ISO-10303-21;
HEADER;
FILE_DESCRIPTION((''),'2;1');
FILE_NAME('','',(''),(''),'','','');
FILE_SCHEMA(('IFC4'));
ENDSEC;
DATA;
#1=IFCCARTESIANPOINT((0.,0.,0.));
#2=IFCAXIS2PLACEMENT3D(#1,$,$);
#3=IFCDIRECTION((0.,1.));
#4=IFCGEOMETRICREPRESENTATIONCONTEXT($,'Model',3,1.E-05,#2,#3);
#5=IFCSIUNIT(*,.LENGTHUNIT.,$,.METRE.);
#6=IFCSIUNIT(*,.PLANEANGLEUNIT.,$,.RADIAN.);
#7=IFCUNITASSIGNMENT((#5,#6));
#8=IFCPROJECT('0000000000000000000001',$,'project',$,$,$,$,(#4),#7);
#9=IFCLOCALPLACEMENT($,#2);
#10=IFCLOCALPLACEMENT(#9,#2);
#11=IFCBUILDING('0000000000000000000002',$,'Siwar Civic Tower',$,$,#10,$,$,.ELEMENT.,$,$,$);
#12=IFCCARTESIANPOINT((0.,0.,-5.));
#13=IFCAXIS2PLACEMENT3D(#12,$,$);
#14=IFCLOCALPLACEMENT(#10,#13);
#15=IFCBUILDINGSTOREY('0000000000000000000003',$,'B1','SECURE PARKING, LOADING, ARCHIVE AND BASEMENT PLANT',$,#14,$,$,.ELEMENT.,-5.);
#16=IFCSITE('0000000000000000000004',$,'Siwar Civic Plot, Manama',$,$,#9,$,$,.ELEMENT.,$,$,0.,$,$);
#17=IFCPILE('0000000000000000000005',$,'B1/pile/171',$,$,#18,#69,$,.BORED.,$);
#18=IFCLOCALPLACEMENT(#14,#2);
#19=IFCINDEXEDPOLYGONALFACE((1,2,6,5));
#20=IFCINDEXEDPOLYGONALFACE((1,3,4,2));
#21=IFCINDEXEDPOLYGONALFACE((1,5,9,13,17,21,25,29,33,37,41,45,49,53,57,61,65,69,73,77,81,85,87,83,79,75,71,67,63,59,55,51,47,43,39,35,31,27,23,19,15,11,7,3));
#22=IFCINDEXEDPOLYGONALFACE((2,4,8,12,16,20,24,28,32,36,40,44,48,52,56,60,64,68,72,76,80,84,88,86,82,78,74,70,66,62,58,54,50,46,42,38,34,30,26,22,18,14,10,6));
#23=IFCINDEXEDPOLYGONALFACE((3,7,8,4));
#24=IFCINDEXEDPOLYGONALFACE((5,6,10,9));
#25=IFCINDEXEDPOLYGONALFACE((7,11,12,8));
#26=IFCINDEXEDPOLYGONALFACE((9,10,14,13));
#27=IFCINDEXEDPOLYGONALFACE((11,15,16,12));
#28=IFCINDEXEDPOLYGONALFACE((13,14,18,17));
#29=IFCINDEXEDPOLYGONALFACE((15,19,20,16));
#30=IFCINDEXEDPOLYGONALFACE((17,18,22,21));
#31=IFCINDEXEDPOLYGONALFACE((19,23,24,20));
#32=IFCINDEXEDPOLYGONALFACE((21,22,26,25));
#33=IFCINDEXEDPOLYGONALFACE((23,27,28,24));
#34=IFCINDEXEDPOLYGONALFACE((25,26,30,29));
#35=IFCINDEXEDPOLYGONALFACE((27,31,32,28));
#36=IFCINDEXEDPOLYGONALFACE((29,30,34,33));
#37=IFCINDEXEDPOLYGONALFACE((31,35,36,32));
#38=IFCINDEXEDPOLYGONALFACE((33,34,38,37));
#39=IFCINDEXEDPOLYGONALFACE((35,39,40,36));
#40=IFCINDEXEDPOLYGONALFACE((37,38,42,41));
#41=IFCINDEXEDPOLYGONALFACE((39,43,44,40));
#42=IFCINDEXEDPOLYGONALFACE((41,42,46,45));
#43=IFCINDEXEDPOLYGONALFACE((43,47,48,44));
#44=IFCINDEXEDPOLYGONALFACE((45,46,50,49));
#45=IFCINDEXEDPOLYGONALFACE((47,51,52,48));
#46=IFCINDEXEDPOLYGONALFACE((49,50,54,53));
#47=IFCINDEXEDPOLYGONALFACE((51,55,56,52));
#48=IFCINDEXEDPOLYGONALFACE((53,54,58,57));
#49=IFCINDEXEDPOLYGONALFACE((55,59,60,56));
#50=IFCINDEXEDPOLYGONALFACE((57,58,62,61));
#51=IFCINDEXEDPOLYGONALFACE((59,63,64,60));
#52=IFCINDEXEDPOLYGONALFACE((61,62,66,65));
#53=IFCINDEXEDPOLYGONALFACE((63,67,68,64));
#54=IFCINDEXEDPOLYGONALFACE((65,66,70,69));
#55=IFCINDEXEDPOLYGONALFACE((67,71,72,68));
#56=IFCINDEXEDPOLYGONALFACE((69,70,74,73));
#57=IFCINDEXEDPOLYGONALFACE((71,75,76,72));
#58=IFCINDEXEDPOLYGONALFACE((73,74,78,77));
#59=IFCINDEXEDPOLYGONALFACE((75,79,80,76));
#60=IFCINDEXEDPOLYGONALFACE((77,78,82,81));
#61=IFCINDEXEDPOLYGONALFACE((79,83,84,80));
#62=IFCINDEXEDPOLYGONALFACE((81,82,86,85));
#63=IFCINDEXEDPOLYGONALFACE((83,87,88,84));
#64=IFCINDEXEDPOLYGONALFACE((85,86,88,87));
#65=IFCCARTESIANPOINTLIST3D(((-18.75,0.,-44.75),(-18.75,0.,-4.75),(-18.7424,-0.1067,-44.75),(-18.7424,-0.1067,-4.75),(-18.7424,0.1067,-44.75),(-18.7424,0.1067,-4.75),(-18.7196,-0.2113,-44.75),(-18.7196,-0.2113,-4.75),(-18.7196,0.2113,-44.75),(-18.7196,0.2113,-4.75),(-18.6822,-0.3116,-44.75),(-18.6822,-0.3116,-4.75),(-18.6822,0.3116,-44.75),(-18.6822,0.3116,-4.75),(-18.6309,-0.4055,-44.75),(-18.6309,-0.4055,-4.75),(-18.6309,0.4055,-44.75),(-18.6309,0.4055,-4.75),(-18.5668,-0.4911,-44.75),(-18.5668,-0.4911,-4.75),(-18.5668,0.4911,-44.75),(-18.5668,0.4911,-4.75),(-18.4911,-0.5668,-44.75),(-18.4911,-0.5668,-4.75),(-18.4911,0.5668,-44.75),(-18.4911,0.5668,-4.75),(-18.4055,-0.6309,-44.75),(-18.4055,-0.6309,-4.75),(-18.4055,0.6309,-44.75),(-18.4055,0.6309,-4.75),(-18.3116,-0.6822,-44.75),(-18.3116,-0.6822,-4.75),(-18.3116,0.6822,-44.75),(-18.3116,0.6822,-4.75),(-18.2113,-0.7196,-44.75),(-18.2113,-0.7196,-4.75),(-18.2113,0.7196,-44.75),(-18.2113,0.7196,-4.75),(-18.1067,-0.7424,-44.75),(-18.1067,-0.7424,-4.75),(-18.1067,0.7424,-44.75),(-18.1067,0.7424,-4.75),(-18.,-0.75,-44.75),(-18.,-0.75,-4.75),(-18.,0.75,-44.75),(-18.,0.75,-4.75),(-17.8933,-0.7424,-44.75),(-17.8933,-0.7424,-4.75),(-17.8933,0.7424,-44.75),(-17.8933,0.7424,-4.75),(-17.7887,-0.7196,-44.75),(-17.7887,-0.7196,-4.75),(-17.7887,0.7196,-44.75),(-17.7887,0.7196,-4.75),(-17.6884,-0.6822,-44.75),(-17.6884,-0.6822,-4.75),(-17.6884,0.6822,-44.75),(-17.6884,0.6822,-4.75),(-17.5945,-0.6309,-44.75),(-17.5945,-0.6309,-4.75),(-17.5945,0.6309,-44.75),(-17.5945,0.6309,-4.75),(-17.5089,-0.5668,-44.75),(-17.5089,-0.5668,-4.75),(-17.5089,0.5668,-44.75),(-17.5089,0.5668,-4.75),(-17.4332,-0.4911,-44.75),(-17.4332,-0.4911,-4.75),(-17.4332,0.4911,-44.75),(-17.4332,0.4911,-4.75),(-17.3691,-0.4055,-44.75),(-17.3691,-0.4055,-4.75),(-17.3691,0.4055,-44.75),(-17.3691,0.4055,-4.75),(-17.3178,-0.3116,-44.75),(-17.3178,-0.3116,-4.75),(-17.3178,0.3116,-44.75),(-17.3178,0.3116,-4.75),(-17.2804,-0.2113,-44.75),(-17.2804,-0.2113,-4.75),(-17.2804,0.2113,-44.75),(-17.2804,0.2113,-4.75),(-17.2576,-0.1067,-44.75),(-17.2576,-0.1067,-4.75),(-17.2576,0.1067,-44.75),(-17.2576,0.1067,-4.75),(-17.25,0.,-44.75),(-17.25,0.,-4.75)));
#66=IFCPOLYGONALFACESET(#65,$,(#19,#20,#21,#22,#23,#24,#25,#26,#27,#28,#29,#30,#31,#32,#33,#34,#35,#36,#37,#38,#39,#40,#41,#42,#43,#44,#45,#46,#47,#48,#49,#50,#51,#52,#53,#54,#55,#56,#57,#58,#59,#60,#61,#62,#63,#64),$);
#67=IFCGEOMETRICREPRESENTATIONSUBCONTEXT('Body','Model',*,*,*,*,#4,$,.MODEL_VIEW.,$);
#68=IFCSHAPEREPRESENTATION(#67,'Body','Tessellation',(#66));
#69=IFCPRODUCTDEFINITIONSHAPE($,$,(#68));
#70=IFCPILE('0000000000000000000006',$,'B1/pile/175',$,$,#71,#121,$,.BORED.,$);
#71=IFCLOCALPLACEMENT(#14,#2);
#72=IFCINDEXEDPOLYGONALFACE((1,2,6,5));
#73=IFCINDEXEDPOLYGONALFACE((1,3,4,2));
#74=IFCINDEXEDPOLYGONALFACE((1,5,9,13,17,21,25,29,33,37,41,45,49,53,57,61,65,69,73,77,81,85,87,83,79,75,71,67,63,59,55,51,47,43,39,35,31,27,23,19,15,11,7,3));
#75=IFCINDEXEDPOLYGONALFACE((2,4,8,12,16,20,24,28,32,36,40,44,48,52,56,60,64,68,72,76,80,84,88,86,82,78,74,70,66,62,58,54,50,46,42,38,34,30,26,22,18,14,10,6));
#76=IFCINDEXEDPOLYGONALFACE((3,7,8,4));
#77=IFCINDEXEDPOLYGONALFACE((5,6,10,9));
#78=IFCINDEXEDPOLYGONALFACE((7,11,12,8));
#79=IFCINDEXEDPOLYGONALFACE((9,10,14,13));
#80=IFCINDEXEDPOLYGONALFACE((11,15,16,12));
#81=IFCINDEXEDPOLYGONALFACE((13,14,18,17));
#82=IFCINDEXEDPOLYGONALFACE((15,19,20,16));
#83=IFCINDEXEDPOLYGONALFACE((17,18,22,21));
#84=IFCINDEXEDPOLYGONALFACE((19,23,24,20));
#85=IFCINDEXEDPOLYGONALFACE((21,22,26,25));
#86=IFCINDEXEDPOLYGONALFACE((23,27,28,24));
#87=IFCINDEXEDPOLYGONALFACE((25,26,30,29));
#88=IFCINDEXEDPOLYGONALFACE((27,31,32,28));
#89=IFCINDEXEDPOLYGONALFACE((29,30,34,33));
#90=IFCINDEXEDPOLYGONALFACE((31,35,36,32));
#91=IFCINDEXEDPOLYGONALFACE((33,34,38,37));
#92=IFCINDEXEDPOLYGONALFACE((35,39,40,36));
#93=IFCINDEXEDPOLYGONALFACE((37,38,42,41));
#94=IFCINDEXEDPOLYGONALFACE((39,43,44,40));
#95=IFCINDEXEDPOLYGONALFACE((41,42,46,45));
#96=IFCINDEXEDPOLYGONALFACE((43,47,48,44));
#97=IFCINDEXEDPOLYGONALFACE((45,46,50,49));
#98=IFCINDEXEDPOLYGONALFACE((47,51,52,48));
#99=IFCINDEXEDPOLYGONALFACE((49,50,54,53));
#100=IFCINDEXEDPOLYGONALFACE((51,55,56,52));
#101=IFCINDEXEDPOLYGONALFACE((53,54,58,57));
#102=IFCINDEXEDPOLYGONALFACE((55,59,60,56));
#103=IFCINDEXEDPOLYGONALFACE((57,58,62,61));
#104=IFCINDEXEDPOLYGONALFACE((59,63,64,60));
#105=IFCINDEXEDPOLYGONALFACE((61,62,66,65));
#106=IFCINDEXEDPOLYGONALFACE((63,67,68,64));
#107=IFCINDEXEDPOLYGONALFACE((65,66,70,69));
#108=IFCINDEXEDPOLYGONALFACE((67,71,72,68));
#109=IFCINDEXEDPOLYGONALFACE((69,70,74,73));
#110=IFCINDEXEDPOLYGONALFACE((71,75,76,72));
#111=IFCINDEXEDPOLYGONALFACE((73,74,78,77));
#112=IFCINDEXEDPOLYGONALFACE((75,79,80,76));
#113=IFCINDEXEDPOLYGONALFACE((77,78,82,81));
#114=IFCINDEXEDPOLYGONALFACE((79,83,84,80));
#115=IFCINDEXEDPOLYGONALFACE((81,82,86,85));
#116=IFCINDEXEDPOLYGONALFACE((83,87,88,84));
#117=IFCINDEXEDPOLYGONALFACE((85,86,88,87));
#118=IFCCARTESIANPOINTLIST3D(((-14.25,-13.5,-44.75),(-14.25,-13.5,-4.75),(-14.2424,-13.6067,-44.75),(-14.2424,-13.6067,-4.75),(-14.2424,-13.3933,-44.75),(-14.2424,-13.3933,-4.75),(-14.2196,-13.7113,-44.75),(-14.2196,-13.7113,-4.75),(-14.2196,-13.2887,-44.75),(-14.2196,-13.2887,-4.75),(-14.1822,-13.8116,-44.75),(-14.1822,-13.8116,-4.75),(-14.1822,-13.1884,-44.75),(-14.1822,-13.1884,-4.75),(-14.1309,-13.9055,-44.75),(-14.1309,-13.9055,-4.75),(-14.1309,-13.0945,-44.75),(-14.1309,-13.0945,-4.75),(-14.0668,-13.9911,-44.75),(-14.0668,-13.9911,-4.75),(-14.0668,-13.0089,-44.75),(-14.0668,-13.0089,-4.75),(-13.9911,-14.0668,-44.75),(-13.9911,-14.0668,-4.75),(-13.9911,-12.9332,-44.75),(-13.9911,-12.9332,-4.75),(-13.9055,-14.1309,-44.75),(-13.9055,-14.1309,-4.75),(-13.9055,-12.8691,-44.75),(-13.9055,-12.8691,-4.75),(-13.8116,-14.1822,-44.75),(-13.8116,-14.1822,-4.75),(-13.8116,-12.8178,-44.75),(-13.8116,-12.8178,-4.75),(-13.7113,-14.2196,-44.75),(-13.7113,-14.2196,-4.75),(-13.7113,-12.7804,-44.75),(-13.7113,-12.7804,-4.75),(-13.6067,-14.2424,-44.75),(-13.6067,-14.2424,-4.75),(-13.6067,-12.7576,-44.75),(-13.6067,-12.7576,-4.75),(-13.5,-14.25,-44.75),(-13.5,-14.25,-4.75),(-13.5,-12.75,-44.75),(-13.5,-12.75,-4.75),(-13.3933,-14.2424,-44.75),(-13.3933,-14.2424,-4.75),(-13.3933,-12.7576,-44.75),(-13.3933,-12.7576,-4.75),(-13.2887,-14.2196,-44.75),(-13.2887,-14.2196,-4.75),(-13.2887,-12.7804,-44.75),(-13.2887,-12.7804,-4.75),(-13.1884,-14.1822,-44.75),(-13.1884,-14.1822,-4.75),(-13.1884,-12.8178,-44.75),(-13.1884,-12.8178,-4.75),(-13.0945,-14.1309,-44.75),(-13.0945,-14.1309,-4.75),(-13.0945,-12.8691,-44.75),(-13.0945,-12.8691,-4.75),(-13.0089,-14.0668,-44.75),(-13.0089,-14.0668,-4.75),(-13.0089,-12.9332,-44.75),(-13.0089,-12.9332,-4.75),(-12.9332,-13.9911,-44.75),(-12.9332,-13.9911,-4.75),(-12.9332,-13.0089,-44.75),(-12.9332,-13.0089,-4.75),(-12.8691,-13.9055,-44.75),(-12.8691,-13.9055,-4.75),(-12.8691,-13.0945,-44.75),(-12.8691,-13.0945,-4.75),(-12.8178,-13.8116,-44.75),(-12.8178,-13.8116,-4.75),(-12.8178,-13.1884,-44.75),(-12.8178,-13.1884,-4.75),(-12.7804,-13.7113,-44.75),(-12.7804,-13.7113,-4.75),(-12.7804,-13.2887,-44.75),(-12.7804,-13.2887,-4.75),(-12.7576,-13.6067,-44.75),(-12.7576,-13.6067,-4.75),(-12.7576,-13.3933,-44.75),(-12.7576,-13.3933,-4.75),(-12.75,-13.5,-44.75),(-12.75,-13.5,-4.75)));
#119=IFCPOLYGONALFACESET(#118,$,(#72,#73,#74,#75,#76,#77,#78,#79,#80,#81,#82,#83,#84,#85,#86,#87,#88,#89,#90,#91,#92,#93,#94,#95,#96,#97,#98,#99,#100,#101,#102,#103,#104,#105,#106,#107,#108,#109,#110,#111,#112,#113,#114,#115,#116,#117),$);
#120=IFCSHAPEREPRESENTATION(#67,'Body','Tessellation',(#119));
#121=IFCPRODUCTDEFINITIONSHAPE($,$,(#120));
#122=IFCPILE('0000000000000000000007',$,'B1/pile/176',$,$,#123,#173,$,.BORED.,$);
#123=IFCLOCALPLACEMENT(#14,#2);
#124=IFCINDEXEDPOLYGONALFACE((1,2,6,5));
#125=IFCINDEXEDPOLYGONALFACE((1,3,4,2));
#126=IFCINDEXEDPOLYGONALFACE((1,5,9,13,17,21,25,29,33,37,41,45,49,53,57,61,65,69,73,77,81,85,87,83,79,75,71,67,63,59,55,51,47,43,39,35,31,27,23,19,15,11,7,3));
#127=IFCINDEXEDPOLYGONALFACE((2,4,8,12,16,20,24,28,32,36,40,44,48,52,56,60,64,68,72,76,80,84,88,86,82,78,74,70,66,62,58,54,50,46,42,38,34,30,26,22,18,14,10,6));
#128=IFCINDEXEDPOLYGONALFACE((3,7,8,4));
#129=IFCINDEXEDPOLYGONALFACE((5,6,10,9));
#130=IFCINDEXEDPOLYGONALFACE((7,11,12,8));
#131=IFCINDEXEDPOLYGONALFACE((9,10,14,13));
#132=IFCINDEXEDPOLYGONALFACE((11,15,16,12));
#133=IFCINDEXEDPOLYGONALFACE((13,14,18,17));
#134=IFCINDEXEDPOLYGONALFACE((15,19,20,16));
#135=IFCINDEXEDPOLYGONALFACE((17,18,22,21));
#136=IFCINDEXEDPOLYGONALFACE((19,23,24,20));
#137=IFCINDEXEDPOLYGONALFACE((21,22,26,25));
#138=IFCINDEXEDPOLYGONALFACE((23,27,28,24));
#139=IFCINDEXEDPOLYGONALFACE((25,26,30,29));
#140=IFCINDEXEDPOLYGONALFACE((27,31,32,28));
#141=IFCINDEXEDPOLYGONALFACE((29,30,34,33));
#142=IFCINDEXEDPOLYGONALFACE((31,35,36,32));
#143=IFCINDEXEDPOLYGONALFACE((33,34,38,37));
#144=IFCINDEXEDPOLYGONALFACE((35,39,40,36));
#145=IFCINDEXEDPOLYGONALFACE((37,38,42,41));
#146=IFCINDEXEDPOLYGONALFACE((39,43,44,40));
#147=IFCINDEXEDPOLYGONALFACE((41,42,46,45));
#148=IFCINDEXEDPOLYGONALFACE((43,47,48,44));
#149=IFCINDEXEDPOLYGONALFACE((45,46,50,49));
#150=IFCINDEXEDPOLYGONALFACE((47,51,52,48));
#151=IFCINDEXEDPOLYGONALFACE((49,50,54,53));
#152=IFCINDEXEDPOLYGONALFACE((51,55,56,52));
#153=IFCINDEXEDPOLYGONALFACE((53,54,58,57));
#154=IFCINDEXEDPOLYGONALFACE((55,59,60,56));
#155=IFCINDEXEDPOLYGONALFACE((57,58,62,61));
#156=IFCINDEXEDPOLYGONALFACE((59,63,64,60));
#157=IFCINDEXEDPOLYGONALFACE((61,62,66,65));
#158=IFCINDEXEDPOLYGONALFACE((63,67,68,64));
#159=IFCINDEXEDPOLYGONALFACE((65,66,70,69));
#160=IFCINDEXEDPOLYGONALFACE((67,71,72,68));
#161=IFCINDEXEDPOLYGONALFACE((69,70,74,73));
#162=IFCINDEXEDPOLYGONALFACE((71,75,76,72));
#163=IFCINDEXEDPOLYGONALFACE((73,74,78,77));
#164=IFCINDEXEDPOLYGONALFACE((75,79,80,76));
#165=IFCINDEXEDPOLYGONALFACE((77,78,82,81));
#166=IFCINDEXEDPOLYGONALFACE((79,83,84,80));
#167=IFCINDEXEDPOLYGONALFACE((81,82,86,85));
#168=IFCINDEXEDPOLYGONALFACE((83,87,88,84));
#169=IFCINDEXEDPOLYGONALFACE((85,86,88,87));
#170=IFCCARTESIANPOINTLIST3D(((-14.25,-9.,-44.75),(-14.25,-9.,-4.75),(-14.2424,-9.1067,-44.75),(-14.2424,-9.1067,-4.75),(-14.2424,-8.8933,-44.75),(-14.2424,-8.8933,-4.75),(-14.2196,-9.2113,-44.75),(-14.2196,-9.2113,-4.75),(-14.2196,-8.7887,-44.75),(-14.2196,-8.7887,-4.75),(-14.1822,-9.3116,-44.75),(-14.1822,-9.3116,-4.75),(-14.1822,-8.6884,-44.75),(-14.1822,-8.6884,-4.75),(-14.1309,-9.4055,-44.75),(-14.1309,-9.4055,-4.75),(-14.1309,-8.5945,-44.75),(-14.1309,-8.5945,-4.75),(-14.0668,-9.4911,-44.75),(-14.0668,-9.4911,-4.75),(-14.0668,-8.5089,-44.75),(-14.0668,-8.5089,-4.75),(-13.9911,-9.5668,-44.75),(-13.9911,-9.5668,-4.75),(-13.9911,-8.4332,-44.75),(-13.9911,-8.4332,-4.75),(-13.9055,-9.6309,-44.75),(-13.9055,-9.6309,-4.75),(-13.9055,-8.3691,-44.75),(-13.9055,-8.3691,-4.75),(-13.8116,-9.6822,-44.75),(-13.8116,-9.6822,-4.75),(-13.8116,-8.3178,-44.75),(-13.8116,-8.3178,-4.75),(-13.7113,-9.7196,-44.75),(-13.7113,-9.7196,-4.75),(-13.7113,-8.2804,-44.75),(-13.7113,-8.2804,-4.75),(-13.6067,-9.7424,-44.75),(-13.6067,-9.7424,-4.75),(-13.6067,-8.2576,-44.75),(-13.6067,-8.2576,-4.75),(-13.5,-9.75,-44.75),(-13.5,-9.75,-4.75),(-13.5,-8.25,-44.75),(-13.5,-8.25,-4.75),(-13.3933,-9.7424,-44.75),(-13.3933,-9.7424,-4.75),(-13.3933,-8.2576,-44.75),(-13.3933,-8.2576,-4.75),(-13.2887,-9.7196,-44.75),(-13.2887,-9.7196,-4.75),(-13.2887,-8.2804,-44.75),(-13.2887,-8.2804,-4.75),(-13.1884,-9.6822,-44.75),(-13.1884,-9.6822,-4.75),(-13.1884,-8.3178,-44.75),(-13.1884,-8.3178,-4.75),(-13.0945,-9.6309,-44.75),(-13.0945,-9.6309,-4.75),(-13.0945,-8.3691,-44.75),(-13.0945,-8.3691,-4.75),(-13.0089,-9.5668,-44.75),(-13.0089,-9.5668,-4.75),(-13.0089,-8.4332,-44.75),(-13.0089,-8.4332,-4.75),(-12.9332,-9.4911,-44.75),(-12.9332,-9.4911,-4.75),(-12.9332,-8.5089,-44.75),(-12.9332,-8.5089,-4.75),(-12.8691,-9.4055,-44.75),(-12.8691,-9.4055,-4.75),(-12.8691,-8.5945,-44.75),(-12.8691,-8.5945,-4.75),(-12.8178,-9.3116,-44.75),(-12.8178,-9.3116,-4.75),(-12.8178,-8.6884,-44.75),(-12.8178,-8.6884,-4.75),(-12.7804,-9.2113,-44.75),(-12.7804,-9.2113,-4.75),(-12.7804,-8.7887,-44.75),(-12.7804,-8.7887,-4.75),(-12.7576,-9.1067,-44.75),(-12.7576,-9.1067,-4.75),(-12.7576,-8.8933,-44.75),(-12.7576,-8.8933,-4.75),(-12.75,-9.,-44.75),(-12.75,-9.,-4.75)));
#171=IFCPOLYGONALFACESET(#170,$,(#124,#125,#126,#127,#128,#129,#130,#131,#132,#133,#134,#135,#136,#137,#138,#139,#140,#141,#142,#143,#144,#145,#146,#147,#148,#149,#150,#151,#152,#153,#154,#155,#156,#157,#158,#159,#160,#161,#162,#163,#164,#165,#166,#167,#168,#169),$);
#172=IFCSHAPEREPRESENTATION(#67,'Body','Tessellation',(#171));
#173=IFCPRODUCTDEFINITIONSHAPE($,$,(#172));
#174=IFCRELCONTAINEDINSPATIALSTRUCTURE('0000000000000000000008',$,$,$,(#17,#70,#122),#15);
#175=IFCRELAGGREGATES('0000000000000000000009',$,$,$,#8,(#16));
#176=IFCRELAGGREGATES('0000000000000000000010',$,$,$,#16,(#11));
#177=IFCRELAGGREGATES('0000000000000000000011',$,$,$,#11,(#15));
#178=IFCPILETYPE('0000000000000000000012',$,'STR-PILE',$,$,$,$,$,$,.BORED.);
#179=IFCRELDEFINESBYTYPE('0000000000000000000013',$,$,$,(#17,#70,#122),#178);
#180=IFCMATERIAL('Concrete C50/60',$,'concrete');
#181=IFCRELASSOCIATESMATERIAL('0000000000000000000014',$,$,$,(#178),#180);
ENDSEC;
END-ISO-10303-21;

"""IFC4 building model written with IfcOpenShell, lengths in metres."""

from ifc_helpers import new_model, si_unit, direction, frame, origin, origin_2d, place, context, subcontext, project, spatial, circle, extrude, material, material_profile, profile_set, type_object, element, save


model = new_model("IFC4")

# Units and contexts
model_context = context("Model", 3, precision=1e-05, world=origin(), true_north=direction((0.0, 1.0)))
body_context = subcontext(model_context, "Body", "Model", "MODEL_VIEW")
ifc_project = project(units=[si_unit("LENGTHUNIT", "METRE"), si_unit("PLANEANGLEUNIT", "RADIAN")], contexts=[model_context])

# Site, building, storey
site_placement = place(None, origin())
site = spatial("IfcSite", under=ifc_project, at=site_placement, Name="Siwar Civic Plot, Manama", CompositionType="ELEMENT", RefElevation=0.0)
building_placement = place(site_placement, origin())
building = spatial("IfcBuilding", under=site, at=building_placement, Name="Siwar Civic Tower", CompositionType="ELEMENT")
storey_placement = place(building_placement, frame((0.0, 0.0, -5.0)))
storey = spatial("IfcBuildingStorey", under=building, at=storey_placement, Name="B1", Description="SECURE PARKING, LOADING, ARCHIVE AND BASEMENT PLANT", CompositionType="ELEMENT", Elevation=-5.0)

# Piles
ifc_material_1 = material(Name="Concrete C50/60", Category="concrete")
ifc_material_profile_1 = material_profile(ifc_material_1, circle(Radius=0.75, at=origin_2d()), Name="PILE1500")
ifc_profile_set_1 = profile_set([ifc_material_profile_1], Name="Concrete C50/60")
pile_type = type_object("IfcPileType", Name="STR-PILE", PredefinedType="BORED", material=ifc_profile_set_1)
for number, where, z_axis, x_axis, name in (
    (1, (-18.0, 0.0, -4.75), (0.0, 0.0, -1.0), (1.0, 0.0, 0.0), "B1/pile/171"),
    (2, (-13.5, -13.5, -4.75), (0.0, 0.0, -1.0), (1.0, 0.0, 0.0), "B1/pile/175"),
    (3, (-13.5, -9.0, -4.75), (0.0, 0.0, -1.0), (1.0, 0.0, 0.0), "B1/pile/176"),
):
    element("IfcPile", number, at=place(storey_placement, frame(where, z_axis=z_axis, x_axis=x_axis)), inside=storey, type_object=pile_type, Name=name, PredefinedType="BORED", context=body_context, shape_type="SweptSolid", body=[
        extrude(circle(Radius=0.75, at=origin_2d()), origin(), (0.0, 0.0, 1.0), 40.0),
    ])

save(model, "model.ifc")
